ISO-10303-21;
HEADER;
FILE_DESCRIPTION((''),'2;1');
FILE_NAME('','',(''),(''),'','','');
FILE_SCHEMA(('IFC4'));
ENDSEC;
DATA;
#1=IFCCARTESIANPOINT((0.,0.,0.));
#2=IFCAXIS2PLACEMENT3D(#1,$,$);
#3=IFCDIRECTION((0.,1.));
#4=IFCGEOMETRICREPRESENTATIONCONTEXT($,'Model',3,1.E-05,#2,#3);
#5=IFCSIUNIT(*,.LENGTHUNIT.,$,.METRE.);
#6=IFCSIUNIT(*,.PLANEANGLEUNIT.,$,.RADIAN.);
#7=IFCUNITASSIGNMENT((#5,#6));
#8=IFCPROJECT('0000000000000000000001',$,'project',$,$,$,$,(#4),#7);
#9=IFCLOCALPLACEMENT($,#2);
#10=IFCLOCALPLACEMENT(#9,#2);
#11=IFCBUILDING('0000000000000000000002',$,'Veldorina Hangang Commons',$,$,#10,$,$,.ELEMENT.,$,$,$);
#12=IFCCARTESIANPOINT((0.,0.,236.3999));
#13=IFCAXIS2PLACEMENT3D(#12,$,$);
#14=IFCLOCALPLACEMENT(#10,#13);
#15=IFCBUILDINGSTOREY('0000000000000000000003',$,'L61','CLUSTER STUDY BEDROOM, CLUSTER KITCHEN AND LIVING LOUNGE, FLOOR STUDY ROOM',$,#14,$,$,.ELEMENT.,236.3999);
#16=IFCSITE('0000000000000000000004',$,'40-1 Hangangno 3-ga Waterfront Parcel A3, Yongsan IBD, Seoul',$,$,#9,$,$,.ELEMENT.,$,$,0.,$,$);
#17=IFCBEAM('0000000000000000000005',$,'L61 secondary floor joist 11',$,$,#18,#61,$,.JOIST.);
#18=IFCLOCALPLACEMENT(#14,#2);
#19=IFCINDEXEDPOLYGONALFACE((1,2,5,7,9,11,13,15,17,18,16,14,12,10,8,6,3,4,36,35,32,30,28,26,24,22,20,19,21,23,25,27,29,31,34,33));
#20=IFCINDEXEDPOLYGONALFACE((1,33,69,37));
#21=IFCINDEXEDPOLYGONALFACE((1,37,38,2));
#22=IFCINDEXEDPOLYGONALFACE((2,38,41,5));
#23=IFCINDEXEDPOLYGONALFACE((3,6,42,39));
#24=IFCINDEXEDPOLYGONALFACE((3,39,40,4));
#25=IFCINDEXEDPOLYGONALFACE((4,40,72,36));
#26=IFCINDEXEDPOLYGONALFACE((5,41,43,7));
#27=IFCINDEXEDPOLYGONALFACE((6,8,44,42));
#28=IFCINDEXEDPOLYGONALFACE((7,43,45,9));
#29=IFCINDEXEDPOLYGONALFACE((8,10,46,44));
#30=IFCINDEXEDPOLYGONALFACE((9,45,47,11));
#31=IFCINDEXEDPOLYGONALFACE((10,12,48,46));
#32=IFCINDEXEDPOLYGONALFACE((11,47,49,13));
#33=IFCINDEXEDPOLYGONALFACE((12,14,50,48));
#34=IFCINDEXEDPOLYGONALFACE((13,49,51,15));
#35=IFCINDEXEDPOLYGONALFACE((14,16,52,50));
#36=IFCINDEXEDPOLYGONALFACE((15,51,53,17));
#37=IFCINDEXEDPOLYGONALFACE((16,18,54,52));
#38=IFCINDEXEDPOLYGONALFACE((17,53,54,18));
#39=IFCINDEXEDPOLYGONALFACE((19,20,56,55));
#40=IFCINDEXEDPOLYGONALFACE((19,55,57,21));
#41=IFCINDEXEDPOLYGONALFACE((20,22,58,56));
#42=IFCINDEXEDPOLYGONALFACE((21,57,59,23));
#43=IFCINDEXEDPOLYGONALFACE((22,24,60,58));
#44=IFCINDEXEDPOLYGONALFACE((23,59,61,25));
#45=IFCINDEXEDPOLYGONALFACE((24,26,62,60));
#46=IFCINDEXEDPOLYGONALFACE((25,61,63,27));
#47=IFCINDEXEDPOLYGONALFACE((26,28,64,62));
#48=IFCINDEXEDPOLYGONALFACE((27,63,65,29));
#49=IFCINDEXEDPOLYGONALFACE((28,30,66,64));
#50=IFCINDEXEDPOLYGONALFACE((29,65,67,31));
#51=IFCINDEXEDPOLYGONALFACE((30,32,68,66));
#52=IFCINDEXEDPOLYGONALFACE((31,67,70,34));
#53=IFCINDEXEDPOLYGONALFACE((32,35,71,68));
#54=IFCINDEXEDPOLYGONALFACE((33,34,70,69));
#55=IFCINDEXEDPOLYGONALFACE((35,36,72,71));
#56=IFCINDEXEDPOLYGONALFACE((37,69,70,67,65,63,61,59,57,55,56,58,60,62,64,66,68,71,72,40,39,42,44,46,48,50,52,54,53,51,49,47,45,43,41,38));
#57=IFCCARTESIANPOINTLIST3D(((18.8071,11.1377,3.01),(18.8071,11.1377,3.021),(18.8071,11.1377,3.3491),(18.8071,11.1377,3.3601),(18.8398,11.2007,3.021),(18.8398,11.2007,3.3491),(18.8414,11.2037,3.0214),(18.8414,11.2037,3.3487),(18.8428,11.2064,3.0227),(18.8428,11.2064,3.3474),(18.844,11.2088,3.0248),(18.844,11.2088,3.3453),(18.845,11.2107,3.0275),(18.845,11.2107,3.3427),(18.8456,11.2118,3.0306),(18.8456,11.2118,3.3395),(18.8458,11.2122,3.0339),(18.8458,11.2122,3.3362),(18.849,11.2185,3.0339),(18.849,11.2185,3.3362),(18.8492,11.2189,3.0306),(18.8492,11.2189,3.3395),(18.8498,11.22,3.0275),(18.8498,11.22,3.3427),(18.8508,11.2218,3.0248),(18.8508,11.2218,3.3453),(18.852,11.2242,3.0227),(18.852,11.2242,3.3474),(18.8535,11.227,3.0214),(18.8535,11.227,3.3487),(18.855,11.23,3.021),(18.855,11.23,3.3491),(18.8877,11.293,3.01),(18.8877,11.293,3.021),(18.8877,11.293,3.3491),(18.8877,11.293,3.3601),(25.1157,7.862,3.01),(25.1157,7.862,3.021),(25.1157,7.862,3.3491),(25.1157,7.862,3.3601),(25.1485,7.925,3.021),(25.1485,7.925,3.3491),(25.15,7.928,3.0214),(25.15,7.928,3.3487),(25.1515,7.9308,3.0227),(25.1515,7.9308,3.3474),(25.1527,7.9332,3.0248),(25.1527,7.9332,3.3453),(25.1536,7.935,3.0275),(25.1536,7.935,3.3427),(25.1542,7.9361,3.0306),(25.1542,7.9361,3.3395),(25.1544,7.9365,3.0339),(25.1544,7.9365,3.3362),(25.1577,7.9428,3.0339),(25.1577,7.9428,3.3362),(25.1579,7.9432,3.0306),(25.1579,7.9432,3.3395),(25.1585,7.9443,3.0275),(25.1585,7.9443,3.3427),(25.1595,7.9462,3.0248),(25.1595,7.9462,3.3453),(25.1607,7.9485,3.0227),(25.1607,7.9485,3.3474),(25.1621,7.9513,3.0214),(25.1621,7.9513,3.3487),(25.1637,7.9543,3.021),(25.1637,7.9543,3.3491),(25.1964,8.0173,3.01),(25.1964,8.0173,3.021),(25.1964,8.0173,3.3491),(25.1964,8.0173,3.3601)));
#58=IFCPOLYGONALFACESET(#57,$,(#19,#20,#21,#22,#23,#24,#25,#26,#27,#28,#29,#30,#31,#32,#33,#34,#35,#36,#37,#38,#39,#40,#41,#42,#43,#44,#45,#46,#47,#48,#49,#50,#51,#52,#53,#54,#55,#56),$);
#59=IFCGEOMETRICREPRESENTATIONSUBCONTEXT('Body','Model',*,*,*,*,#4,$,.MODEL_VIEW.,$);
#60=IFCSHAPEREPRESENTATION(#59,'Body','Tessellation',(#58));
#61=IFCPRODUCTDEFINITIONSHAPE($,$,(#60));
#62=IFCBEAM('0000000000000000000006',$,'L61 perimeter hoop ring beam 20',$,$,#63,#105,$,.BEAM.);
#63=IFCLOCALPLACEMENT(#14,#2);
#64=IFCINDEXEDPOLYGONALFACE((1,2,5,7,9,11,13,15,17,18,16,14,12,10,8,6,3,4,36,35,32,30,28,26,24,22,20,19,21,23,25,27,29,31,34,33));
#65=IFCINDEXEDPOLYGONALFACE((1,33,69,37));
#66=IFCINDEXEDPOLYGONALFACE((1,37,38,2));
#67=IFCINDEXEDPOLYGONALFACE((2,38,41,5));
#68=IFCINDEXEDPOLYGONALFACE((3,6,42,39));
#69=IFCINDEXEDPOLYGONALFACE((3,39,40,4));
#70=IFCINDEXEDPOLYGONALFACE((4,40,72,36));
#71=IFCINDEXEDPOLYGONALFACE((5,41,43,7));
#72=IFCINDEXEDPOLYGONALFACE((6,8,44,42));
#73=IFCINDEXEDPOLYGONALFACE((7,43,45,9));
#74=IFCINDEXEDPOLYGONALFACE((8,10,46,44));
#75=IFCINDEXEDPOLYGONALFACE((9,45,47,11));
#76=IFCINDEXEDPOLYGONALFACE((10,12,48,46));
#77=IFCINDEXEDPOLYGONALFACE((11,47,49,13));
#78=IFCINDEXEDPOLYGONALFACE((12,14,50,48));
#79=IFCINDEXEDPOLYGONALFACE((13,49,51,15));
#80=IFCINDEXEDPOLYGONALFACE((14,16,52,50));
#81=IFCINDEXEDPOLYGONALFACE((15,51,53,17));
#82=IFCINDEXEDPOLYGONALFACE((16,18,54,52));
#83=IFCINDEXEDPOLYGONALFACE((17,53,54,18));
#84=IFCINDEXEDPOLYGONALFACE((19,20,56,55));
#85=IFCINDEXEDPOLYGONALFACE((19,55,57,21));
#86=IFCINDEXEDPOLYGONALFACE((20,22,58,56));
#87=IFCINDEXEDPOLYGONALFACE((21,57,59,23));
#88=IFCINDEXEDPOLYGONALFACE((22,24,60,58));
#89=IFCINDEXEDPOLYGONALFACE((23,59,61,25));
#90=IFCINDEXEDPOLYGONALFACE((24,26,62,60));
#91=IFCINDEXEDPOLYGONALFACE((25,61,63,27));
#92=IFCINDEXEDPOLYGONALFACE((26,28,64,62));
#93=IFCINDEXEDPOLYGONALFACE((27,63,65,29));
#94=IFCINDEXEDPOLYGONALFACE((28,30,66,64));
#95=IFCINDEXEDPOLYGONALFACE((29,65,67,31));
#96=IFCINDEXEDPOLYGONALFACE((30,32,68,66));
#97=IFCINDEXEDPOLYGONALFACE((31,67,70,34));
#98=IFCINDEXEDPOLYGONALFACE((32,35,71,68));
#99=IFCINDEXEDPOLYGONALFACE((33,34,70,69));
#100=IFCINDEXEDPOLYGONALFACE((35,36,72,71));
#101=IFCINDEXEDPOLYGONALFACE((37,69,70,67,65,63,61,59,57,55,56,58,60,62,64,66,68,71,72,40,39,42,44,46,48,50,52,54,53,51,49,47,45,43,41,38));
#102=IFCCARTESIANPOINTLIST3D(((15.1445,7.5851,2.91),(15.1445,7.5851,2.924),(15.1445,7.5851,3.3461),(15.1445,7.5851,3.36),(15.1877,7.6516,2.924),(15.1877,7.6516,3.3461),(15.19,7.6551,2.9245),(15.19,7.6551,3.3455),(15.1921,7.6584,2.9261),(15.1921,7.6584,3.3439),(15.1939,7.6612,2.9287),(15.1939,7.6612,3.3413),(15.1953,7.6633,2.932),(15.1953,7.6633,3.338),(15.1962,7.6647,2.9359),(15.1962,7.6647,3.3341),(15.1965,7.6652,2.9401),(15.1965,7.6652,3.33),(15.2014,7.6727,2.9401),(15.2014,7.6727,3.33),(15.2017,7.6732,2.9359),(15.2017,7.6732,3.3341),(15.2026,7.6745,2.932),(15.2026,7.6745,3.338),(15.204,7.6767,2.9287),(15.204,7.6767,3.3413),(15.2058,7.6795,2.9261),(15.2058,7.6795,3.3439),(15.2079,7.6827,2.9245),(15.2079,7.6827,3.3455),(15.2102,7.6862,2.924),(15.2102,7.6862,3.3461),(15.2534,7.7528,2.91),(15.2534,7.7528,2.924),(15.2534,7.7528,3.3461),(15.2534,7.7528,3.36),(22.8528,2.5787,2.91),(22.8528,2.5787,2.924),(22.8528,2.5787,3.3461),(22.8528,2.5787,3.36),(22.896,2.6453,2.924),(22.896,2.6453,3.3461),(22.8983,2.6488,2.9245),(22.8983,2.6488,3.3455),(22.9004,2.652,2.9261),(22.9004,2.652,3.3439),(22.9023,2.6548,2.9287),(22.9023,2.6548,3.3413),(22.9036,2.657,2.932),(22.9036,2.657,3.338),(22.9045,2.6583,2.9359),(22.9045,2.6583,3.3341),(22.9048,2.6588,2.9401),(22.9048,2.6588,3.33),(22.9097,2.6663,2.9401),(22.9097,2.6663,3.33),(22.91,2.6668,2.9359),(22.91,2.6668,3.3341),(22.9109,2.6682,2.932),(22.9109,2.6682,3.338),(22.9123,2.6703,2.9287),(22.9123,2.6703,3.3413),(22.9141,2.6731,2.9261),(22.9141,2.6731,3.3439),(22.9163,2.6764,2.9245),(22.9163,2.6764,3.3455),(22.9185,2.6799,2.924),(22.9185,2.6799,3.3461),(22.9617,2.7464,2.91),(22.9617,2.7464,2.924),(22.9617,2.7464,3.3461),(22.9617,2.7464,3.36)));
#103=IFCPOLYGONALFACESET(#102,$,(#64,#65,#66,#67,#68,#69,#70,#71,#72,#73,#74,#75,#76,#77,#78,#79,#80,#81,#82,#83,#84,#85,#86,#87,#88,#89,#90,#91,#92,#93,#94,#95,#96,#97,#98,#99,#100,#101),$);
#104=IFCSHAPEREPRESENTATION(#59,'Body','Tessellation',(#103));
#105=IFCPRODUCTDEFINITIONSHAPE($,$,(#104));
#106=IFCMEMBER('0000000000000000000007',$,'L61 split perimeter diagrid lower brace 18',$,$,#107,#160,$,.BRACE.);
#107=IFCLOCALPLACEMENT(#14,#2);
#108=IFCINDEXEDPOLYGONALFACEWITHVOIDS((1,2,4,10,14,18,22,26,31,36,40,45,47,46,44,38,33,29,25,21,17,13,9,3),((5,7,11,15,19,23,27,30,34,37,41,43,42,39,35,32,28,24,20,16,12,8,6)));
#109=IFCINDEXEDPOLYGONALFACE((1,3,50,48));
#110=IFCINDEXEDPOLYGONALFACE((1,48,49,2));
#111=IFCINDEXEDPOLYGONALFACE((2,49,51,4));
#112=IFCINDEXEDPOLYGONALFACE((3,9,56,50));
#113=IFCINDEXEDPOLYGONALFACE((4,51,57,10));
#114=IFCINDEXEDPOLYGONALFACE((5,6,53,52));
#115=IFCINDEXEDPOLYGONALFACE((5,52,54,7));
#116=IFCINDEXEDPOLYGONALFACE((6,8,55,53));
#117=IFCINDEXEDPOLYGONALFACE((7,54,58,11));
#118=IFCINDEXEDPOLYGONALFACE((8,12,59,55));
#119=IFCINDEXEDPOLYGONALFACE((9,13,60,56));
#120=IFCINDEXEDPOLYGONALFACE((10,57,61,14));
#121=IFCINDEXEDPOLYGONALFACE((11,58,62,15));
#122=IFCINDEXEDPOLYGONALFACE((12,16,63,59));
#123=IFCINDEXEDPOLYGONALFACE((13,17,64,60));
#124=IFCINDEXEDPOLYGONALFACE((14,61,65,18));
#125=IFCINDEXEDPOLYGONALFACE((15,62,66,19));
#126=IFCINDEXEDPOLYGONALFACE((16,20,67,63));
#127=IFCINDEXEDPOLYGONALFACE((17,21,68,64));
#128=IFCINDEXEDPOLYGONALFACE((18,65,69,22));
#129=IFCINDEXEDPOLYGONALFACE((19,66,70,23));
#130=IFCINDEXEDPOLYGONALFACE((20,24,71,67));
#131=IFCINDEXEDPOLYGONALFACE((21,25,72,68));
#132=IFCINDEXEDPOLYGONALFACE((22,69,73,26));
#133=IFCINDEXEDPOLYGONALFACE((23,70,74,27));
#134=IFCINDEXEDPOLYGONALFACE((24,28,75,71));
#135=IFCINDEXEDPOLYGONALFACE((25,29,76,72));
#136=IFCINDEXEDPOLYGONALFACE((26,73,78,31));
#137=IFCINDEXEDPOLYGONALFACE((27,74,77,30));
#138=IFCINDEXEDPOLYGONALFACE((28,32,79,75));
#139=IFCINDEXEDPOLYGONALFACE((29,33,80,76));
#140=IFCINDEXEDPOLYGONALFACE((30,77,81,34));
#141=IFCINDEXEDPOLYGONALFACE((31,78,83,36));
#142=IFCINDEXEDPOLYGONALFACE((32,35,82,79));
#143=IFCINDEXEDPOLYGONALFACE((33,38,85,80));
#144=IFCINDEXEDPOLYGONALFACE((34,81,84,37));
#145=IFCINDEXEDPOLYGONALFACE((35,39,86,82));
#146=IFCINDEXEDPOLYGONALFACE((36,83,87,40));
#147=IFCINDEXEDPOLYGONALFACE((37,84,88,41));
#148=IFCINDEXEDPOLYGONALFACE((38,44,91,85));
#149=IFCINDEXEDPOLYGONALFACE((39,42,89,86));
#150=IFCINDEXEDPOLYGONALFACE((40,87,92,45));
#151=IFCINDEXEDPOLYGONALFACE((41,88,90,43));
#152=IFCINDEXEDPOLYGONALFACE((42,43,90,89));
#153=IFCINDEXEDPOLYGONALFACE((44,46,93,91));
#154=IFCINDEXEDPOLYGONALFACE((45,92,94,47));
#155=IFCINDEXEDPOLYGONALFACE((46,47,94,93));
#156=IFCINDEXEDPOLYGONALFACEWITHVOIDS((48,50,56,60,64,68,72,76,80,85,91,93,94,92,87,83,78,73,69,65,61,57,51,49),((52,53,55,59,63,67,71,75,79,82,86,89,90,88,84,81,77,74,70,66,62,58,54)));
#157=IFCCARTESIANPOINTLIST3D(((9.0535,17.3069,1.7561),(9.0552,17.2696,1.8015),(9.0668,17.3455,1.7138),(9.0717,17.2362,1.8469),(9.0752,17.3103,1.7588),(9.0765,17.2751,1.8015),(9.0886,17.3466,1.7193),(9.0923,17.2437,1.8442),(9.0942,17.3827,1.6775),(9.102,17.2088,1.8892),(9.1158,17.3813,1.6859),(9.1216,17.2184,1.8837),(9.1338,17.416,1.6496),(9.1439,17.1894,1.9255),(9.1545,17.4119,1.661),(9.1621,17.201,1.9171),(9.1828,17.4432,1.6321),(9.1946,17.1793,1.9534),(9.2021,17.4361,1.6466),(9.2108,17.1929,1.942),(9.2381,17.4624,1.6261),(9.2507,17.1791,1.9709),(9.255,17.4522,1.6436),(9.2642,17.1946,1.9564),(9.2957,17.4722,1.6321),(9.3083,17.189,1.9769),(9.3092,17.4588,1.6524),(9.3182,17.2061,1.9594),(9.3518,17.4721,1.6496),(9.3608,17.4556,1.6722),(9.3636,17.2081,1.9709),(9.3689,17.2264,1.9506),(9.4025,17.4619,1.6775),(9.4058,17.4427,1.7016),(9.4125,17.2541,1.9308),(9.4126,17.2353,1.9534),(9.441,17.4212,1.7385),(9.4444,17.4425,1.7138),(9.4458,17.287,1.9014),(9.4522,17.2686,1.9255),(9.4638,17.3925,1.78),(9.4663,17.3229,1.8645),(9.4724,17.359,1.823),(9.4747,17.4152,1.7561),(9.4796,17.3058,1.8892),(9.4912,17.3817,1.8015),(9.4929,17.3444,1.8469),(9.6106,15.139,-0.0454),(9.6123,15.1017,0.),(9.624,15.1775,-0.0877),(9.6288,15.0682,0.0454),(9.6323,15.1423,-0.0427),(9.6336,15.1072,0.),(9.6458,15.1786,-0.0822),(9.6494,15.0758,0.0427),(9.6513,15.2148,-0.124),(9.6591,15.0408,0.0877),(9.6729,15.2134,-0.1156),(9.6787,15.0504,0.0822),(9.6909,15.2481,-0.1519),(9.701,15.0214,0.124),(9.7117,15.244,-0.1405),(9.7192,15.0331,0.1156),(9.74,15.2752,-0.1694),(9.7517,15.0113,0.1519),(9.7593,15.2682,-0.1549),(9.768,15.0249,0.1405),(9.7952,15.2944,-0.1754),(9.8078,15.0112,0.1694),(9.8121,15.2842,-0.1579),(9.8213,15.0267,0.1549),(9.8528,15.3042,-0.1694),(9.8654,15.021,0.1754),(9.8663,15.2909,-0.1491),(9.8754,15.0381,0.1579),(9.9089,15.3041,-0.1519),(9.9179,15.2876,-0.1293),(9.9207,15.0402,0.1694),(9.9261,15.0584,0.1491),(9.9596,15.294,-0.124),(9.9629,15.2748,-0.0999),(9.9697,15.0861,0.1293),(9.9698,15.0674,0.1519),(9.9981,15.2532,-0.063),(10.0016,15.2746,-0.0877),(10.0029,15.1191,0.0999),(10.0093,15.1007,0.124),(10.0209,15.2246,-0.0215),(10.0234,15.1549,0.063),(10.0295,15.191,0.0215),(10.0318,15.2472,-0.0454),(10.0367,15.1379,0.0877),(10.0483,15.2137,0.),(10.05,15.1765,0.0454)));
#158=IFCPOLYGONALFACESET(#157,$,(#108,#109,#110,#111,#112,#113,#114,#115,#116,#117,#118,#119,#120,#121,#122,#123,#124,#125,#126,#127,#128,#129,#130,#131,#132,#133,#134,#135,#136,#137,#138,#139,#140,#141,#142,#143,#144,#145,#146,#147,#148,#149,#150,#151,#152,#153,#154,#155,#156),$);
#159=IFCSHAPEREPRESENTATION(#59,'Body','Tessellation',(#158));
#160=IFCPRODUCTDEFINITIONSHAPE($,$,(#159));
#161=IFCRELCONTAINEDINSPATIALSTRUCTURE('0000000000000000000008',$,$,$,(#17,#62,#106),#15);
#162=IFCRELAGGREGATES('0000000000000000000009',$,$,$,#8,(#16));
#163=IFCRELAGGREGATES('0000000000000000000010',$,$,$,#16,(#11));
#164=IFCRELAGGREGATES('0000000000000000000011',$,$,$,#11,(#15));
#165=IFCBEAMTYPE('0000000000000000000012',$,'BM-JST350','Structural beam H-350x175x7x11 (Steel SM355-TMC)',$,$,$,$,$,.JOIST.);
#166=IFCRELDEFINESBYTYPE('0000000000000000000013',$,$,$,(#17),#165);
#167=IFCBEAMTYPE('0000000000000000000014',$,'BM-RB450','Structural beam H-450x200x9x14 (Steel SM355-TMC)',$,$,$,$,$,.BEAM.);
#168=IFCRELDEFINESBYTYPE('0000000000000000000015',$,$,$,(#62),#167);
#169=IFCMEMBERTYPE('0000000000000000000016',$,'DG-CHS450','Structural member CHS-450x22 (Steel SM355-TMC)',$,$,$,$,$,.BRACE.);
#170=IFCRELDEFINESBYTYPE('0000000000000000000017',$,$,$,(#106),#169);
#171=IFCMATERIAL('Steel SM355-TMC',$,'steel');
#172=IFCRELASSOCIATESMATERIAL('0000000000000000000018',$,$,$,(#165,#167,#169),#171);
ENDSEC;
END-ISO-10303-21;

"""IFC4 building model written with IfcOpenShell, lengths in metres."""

from ifc_helpers import new_model, si_unit, direction, frame, origin, origin_2d, place, context, subcontext, project, spatial, hollow_circle, i_section, extrude, material, material_profile, profile_set, type_object, element, save


model = new_model("IFC4")

# Units and contexts
model_context = context("Model", 3, precision=1e-05, world=origin(), true_north=direction((0.0, 1.0)))
body_context = subcontext(model_context, "Body", "Model", "MODEL_VIEW")
ifc_project = project(units=[si_unit("LENGTHUNIT", "METRE"), si_unit("PLANEANGLEUNIT", "RADIAN")], contexts=[model_context])

# Site, building, storey
site_placement = place(None, origin())
site = spatial("IfcSite", under=ifc_project, at=site_placement, Name="40-1 Hangangno 3-ga Waterfront Parcel A3, Yongsan IBD, Seoul", CompositionType="ELEMENT", RefElevation=0.0)
building_placement = place(site_placement, origin())
building = spatial("IfcBuilding", under=site, at=building_placement, Name="Veldorina Hangang Commons", CompositionType="ELEMENT")
storey_placement = place(building_placement, frame((0.0, 0.0, 236.3999)))
storey = spatial("IfcBuildingStorey", under=building, at=storey_placement, Name="L61", Description="CLUSTER STUDY BEDROOM, CLUSTER KITCHEN AND LIVING LOUNGE, FLOOR STUDY ROOM", CompositionType="ELEMENT", Elevation=236.3999)

# Beams
ifc_material_1 = material(Name="Steel SM355-TMC", Category="steel")
ifc_material_profile_1 = material_profile(ifc_material_1, i_section(OverallWidth=0.175, OverallDepth=0.3501, WebThickness=0.0071, FlangeThickness=0.011, FilletRadius=0.0129, at=origin_2d()), Name="H-350x175x7x11")
ifc_profile_set_1 = profile_set([ifc_material_profile_1], Name="Steel SM355-TMC")
beam_type_1 = type_object("IfcBeamType", Name="BM-JST350", Description="Structural beam H-350x175x7x11 (Steel SM355-TMC)", PredefinedType="JOIST", material=ifc_profile_set_1)
beam_1_placement = place(storey_placement, frame((18.8474, 11.2153, 3.1851), z_axis=(0.887495, -0.460817, 0.0), x_axis=(0.460817, 0.887495, 0.0)))
element("IfcBeam", 1, at=beam_1_placement, inside=storey, type_object=beam_type_1, Name="L61 secondary floor joist 11", PredefinedType="JOIST", context=body_context, shape_type="SweptSolid", body=[
    extrude(i_section(OverallWidth=0.175, OverallDepth=0.3501, WebThickness=0.0071, FlangeThickness=0.011, FilletRadius=0.0129, at=origin_2d()), origin(), (0.0, 0.0, 1.0), 7.1084),
])
ifc_material_profile_2 = material_profile(ifc_material_1, i_section(OverallWidth=0.2, OverallDepth=0.45, WebThickness=0.009, FlangeThickness=0.0139, FilletRadius=0.0161, at=origin_2d()), Name="H-450x200x9x14")
ifc_profile_set_2 = profile_set([ifc_material_profile_2], Name="Steel SM355-TMC")
beam_type_2 = type_object("IfcBeamType", Name="BM-RB450", Description="Structural beam H-450x200x9x14 (Steel SM355-TMC)", PredefinedType="BEAM", material=ifc_profile_set_2)
beam_2_placement = place(storey_placement, frame((15.199, 7.6689, 3.135), z_axis=(0.838643, -0.544681, 0.0), x_axis=(0.544681, 0.838643, 0.0)))
element("IfcBeam", 2, at=beam_2_placement, inside=storey, type_object=beam_type_2, Name="L61 perimeter hoop ring beam 20", PredefinedType="BEAM", context=body_context, shape_type="SweptSolid", body=[
    extrude(i_section(OverallWidth=0.2, OverallDepth=0.45, WebThickness=0.009, FlangeThickness=0.0139, FilletRadius=0.0161, at=origin_2d()), origin(), (0.0, 0.0, 1.0), 9.1914),
])

# Member
ifc_material_profile_3 = material_profile(ifc_material_1, hollow_circle(Radius=0.2251, WallThickness=0.022, at=origin_2d()), Name="CHS-450x22")
ifc_profile_set_3 = profile_set([ifc_material_profile_3], Name="Steel SM355-TMC")
member_type_1 = type_object("IfcMemberType", Name="DG-CHS450", Description="Structural member CHS-450x22 (Steel SM355-TMC)", PredefinedType="BRACE", material=ifc_profile_set_3)
member_1_placement = place(storey_placement, frame((9.8303, 15.1577, 0.0), z_axis=(-0.193898, 0.754519, 0.626981), x_axis=(-0.968531, -0.248895, 0.0)))
element("IfcMember", 3, at=member_1_placement, inside=storey, type_object=member_type_1, Name="L61 split perimeter diagrid lower brace 18", PredefinedType="BRACE", context=body_context, shape_type="SweptSolid", body=[
    extrude(hollow_circle(Radius=0.2251, WallThickness=0.022, at=origin_2d()), origin(), (0.0, 0.0, 1.0), 2.8733),
])

save(model, "model.ifc")
